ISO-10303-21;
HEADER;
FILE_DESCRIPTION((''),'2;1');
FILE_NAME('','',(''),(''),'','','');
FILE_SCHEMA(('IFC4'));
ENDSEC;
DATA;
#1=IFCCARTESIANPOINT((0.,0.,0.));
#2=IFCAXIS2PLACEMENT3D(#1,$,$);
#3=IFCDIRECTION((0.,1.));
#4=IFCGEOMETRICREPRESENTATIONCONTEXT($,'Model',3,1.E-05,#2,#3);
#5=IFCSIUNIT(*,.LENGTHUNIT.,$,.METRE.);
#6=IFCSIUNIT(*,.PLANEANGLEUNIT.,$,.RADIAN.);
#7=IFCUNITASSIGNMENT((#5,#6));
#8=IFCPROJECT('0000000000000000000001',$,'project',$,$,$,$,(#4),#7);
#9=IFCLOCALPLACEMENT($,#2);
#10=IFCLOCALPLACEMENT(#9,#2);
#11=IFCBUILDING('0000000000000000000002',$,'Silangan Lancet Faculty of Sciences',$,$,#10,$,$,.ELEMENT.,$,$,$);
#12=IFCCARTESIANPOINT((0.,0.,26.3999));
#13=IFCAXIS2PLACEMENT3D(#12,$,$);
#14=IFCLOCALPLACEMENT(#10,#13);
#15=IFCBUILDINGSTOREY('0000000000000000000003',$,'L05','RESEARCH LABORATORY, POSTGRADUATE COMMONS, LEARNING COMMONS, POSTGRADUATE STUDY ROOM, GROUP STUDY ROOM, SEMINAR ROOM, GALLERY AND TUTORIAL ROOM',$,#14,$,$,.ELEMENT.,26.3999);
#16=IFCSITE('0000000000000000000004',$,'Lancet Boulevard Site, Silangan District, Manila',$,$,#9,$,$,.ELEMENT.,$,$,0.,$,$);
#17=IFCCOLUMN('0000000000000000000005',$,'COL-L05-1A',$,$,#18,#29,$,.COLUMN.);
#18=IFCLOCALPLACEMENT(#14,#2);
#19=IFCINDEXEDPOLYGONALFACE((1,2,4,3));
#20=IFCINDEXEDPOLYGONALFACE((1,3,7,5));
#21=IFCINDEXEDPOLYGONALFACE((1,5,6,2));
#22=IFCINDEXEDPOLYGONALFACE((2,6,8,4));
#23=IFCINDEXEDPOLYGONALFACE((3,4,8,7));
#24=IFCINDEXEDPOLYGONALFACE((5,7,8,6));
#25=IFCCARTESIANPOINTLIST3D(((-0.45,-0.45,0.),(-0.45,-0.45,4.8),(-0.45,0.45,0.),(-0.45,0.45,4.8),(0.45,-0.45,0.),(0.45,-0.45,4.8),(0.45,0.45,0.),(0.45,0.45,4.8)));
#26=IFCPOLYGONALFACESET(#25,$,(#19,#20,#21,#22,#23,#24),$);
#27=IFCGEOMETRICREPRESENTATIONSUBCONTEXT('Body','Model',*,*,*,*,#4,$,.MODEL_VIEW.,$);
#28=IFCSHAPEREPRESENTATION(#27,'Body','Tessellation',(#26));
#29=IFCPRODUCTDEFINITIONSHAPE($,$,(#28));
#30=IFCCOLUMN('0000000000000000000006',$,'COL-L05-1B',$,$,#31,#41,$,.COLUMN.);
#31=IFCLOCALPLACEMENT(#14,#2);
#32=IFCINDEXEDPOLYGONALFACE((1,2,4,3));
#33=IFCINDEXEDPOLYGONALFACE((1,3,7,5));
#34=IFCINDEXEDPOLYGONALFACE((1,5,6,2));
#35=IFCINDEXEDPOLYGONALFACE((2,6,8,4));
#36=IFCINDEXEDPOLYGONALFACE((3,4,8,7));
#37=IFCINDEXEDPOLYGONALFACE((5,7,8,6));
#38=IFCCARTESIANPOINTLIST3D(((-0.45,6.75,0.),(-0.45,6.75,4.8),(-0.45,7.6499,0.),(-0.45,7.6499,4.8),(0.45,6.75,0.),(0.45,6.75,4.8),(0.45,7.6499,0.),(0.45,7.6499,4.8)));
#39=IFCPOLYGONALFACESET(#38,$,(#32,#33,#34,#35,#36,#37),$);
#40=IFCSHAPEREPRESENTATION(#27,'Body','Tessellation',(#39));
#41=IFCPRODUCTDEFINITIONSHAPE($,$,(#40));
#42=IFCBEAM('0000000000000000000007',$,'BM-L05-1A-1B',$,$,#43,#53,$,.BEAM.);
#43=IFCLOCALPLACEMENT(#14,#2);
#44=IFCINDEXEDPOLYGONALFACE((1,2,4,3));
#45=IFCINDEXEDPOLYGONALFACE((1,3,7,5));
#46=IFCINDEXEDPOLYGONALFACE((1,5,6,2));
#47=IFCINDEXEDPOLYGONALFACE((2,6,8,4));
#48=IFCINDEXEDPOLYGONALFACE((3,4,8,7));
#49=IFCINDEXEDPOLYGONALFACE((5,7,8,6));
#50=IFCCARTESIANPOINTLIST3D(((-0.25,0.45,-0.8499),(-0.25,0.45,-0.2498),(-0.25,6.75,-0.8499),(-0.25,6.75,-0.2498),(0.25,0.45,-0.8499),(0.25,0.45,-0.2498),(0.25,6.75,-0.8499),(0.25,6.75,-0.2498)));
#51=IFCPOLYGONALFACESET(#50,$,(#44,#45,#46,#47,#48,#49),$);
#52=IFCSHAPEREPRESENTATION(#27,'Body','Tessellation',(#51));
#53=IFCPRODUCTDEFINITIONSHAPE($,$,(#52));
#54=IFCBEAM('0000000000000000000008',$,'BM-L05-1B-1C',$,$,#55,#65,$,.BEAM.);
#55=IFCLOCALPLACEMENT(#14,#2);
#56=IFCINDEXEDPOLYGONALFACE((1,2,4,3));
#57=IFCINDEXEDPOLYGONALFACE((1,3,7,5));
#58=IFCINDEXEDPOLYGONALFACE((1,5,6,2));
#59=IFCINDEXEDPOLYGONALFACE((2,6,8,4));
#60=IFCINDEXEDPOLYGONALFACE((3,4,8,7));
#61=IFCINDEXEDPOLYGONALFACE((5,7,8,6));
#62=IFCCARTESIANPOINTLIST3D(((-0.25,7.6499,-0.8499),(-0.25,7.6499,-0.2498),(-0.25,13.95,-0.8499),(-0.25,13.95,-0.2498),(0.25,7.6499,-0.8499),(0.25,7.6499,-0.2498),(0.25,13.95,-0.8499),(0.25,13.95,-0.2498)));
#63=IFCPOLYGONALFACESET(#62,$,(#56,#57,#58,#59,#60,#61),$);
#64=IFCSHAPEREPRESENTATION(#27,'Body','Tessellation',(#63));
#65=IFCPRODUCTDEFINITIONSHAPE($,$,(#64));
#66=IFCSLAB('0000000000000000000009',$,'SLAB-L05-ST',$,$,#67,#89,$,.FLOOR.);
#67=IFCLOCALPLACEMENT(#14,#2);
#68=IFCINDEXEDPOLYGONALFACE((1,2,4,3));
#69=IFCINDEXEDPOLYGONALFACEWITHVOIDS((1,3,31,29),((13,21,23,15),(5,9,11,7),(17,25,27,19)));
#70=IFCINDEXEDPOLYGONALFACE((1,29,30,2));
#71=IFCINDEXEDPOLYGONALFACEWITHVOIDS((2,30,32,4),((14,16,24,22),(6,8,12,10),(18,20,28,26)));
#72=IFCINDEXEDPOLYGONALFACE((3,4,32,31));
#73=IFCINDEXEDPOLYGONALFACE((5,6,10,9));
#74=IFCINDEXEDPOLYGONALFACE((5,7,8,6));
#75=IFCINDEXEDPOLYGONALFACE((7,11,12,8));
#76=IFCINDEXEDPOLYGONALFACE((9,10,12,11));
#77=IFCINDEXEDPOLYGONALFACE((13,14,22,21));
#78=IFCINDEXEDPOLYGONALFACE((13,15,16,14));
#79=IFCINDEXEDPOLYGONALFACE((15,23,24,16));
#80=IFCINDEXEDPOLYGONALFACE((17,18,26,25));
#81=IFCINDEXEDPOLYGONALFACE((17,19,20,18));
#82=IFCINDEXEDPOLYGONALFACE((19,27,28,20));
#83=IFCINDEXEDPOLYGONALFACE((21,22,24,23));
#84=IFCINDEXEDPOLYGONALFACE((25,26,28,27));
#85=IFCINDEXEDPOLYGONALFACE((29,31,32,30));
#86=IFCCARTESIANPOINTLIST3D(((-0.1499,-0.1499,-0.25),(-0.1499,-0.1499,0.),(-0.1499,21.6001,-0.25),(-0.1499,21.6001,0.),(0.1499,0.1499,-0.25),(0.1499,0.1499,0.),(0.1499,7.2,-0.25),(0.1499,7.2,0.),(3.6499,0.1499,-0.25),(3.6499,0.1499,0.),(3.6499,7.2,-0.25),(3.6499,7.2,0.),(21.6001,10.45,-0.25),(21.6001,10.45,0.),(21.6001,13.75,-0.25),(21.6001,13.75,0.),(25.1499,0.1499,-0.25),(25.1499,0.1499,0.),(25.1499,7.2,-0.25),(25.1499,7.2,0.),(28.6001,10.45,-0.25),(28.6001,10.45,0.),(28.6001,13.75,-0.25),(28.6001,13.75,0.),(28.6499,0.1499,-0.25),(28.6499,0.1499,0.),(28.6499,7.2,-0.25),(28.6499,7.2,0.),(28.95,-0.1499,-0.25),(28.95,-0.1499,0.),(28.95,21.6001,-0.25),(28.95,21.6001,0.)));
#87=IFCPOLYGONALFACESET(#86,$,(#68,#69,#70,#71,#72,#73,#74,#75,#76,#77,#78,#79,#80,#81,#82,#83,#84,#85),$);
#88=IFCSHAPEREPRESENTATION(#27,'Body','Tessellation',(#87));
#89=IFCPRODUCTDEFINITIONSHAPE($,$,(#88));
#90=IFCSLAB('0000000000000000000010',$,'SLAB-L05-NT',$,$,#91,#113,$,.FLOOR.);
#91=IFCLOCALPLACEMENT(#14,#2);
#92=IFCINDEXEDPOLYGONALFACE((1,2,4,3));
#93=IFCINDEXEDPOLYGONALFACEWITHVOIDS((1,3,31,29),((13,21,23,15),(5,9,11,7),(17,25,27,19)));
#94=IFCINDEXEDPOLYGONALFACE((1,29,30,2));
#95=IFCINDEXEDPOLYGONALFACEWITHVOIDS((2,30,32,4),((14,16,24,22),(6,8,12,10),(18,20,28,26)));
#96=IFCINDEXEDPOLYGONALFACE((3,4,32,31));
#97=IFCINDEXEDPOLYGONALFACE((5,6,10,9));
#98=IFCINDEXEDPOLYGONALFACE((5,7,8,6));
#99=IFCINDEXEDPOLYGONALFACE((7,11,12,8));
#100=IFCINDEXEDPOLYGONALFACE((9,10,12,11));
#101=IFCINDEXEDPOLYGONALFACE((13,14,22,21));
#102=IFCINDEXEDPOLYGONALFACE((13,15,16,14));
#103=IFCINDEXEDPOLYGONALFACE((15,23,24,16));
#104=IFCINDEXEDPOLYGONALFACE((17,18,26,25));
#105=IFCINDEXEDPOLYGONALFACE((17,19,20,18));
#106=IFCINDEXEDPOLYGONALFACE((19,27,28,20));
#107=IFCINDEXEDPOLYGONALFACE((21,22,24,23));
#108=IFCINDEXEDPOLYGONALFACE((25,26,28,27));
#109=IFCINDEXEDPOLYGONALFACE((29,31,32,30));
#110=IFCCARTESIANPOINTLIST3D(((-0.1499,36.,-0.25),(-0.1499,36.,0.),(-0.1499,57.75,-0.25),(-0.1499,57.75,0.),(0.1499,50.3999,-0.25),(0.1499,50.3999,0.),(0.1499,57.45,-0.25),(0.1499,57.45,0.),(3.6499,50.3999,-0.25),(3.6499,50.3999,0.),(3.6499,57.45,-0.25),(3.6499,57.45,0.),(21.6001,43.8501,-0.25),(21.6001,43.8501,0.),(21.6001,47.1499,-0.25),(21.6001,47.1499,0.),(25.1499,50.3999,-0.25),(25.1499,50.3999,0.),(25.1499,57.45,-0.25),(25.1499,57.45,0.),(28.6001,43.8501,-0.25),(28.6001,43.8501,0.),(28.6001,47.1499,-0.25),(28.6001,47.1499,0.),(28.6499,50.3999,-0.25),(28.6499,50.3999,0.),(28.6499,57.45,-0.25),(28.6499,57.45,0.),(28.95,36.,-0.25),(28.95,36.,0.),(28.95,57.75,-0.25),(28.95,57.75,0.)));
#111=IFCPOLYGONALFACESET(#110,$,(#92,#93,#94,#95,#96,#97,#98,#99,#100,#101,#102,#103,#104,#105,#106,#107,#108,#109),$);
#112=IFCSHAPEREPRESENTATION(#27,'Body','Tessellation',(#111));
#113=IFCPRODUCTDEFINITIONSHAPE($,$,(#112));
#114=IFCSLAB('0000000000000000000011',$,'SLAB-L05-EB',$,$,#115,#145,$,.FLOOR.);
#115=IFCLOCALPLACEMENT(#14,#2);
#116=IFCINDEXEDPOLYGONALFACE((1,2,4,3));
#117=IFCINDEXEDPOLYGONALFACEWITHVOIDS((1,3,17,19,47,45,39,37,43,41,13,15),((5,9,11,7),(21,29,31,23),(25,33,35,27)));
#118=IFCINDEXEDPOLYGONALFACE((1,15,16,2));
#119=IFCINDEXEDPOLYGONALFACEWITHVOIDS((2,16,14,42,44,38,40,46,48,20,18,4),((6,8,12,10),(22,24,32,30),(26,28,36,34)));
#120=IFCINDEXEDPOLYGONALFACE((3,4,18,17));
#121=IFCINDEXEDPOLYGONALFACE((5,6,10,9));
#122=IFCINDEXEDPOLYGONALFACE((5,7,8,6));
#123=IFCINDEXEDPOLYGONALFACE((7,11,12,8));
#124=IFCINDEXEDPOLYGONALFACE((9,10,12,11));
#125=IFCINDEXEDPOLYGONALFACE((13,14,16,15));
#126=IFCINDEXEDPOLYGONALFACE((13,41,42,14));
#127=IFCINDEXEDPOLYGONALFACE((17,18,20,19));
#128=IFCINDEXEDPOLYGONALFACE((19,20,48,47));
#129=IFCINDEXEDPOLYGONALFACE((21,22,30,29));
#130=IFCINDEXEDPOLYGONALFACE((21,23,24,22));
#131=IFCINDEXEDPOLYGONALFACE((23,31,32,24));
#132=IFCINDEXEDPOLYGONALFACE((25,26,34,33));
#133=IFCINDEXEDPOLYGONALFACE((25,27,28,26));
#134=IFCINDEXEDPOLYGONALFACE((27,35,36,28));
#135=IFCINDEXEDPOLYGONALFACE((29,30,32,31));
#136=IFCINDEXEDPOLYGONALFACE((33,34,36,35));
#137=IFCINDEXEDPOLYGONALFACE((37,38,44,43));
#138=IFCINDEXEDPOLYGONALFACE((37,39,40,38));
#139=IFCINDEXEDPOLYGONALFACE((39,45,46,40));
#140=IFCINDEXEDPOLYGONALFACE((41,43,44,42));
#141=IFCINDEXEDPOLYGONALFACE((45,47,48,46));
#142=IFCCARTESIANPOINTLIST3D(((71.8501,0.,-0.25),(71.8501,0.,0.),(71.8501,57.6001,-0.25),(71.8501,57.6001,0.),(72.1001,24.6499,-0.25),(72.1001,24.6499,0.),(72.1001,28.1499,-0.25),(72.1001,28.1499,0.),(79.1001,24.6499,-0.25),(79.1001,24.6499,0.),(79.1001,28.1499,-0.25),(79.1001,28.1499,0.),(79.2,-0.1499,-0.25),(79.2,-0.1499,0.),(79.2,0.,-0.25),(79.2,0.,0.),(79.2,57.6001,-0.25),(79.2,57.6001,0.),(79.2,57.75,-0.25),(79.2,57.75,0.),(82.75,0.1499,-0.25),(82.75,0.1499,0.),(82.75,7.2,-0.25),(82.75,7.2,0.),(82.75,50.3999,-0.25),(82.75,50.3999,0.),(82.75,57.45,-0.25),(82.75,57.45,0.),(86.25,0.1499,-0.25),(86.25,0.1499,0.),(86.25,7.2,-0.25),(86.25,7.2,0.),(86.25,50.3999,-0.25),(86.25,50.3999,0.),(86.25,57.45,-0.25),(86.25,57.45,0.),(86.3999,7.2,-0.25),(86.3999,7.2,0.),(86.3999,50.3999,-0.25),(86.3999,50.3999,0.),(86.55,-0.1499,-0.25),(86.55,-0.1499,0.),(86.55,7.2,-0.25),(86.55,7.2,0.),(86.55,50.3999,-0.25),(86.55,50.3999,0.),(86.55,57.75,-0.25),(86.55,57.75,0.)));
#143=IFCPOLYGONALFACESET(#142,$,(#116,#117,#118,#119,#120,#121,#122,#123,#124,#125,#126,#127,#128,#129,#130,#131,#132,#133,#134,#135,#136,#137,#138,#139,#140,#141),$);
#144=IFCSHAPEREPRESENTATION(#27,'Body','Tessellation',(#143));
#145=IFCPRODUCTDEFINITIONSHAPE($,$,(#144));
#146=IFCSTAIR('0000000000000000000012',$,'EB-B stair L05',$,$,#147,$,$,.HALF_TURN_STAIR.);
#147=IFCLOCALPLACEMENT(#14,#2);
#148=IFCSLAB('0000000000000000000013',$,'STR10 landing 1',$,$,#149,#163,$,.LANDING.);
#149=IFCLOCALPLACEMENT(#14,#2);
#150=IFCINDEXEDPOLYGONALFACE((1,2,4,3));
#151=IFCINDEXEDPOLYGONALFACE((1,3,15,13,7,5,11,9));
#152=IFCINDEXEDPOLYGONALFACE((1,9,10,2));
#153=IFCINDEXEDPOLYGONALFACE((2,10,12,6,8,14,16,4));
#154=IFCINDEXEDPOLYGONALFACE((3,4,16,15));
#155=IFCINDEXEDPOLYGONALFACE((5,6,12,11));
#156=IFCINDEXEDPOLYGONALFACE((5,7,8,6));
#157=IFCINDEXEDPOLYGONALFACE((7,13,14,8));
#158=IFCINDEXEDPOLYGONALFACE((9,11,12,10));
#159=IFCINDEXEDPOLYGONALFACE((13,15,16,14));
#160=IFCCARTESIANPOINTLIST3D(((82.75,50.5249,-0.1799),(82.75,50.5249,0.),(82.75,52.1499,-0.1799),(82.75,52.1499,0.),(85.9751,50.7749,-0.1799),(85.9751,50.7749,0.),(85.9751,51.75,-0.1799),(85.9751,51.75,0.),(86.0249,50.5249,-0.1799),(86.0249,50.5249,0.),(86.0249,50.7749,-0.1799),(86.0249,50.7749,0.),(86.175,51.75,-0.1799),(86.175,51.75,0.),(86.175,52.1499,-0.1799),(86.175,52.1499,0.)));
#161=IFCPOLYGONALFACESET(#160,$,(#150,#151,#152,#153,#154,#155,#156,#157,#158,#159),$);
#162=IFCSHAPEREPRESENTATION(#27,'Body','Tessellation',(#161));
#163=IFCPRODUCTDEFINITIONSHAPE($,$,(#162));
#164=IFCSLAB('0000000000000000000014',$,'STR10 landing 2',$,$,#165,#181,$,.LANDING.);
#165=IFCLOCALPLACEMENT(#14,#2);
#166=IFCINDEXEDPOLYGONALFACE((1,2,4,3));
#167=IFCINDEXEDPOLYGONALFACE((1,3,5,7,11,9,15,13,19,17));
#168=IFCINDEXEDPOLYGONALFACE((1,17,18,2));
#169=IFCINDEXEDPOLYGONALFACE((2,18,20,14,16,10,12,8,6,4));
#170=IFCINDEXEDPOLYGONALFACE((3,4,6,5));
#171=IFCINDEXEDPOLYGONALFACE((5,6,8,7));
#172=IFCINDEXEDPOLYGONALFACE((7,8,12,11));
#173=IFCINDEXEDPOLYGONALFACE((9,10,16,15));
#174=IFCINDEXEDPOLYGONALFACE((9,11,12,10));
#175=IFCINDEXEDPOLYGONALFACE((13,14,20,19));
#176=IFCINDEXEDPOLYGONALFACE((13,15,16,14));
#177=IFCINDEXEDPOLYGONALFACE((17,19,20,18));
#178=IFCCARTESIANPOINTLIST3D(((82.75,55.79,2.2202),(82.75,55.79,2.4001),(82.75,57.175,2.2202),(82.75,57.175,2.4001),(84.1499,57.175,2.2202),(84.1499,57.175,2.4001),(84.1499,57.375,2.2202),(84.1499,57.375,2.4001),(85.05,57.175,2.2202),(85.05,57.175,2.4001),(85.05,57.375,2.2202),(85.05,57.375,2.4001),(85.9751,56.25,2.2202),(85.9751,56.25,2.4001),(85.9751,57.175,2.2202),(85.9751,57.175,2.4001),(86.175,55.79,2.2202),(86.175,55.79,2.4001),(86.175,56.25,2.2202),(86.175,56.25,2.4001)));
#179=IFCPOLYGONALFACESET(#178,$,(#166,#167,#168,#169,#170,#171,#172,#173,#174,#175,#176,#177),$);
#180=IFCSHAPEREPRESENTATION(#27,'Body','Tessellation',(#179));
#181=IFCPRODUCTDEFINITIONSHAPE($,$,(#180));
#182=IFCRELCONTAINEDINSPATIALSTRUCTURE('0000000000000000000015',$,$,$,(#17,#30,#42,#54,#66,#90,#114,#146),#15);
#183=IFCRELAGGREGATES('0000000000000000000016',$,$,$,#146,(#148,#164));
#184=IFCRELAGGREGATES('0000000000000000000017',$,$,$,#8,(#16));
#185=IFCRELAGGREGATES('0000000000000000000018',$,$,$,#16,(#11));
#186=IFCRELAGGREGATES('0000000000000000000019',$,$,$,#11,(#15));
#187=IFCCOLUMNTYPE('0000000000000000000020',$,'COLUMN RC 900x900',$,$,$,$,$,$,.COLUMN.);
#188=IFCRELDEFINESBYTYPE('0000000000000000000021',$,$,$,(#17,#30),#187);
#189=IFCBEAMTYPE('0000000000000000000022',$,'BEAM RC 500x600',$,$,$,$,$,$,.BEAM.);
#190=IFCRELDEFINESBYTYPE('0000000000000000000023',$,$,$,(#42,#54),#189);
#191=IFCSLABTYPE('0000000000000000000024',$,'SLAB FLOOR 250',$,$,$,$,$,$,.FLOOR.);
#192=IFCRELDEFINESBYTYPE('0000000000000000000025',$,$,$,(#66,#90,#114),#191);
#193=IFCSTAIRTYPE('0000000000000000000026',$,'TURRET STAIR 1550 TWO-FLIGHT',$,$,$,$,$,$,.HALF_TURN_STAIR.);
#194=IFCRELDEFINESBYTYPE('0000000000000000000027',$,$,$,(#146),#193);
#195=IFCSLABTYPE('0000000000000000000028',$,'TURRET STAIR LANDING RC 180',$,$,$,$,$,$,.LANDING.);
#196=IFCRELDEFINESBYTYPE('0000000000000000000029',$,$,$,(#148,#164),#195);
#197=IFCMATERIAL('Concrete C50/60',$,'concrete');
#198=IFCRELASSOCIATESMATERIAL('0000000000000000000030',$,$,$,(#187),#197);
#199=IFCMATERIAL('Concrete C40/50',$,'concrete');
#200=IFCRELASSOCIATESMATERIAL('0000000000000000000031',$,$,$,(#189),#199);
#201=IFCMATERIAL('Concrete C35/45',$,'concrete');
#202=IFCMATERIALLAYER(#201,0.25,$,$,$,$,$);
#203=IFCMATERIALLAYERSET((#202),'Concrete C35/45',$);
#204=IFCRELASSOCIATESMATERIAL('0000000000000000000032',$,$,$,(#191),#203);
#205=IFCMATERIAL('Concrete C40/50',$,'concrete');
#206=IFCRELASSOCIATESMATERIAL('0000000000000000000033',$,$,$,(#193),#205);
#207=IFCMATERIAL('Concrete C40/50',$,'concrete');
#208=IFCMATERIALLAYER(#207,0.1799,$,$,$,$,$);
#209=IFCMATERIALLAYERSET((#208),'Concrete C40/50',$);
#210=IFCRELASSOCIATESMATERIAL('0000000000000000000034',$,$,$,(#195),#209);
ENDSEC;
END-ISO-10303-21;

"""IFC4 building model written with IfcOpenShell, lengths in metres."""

from ifc_helpers import new_model, si_unit, direction, frame, origin, origin_2d, place, context, subcontext, project, spatial, polyline, rectangle, outline, extrude, material, layer, layer_set, material_profile, profile_set, type_object, element, aggregate, save


model = new_model("IFC4")

# Units and contexts
model_context = context("Model", 3, precision=1e-05, world=origin(), true_north=direction((0.0, 1.0)))
body_context = subcontext(model_context, "Body", "Model", "MODEL_VIEW")
ifc_project = project(units=[si_unit("LENGTHUNIT", "METRE"), si_unit("PLANEANGLEUNIT", "RADIAN")], contexts=[model_context])

# Site, building, storey
site_placement = place(None, origin())
site = spatial("IfcSite", under=ifc_project, at=site_placement, Name="Lancet Boulevard Site, Silangan District, Manila", CompositionType="ELEMENT", RefElevation=0.0)
building_placement = place(site_placement, origin())
building = spatial("IfcBuilding", under=site, at=building_placement, Name="Silangan Lancet Faculty of Sciences", CompositionType="ELEMENT")
storey_placement = place(building_placement, frame((0.0, 0.0, 26.3999)))
storey = spatial("IfcBuildingStorey", under=building, at=storey_placement, Name="L05", Description="RESEARCH LABORATORY, POSTGRADUATE COMMONS, LEARNING COMMONS, POSTGRADUATE STUDY ROOM, GROUP STUDY ROOM, SEMINAR ROOM, GALLERY AND TUTORIAL ROOM", CompositionType="ELEMENT", Elevation=26.3999)

# Columns
ifc_material_1 = material(Name="Concrete C50/60", Category="concrete")
ifc_material_profile_1 = material_profile(ifc_material_1, rectangle(XDim=0.8999, YDim=0.8999, at=origin_2d()), Name="RC 900x900")
ifc_profile_set_1 = profile_set([ifc_material_profile_1], Name="Concrete C50/60")
column_type = type_object("IfcColumnType", Name="COLUMN RC 900x900", PredefinedType="COLUMN", material=ifc_profile_set_1)
for number, where, z_axis, x_axis, name in (
    (1, (0.0, 0.0, 0.0), (0.0, 0.0, 1.0), (1.0, 0.0, 0.0), "COL-L05-1A"),
    (2, (0.0, 7.2, 0.0), (0.0, 0.0, 1.0), (1.0, 0.0, 0.0), "COL-L05-1B"),
):
    element("IfcColumn", number, at=place(storey_placement, frame(where, z_axis=z_axis, x_axis=x_axis)), inside=storey, type_object=column_type, Name=name, PredefinedType="COLUMN", context=body_context, shape_type="SweptSolid", body=[
        extrude(rectangle(XDim=0.8999, YDim=0.8999, at=origin_2d()), origin(), (0.0, 0.0, 1.0), 4.8),
    ])

# Beams
ifc_material_2 = material(Name="Concrete C40/50", Category="concrete")
ifc_material_profile_2 = material_profile(ifc_material_2, rectangle(XDim=0.5, YDim=0.6001, at=origin_2d()), Name="RC 500x600")
ifc_profile_set_2 = profile_set([ifc_material_profile_2], Name="Concrete C40/50")
beam_type = type_object("IfcBeamType", Name="BEAM RC 500x600", PredefinedType="BEAM", material=ifc_profile_set_2)
for number, where, z_axis, x_axis, name in (
    (3, (0.0, 0.45, -0.5498), (0.0, 1.0, 0.0), (-1.0, 0.0, 0.0), "BM-L05-1A-1B"),
    (4, (0.0, 7.6499, -0.5498), (0.0, 1.0, 0.0), (-1.0, 0.0, 0.0), "BM-L05-1B-1C"),
):
    element("IfcBeam", number, at=place(storey_placement, frame(where, z_axis=z_axis, x_axis=x_axis)), inside=storey, type_object=beam_type, Name=name, PredefinedType="BEAM", context=body_context, shape_type="SweptSolid", body=[
        extrude(rectangle(XDim=0.5, YDim=0.6001, at=origin_2d()), origin(), (0.0, 0.0, 1.0), 6.3),
    ])

# Slabs
ifc_material_3 = material(Name="Concrete C35/45", Category="concrete")
ifc_layer_1 = layer(ifc_material_3, 0.25)
ifc_layer_set_1 = layer_set([ifc_layer_1], Name="Concrete C35/45")
slab_type_1 = type_object("IfcSlabType", Name="SLAB FLOOR 250", PredefinedType="FLOOR", material=ifc_layer_set_1)
slab_1_placement = place(storey_placement, frame((0.0, 0.0, -0.25)))
element("IfcSlab", 5, at=slab_1_placement, inside=storey, type_object=slab_type_1, Name="SLAB-L05-ST", PredefinedType="FLOOR", context=body_context, shape_type="SweptSolid", body=[
    extrude(outline(polyline([(-0.1499, 21.6001), (-0.1499, -0.1499), (28.95, -0.1499), (28.95, 21.6001), (-0.1499, 21.6001)]), holes=[polyline([(0.1499, 7.2), (3.6499, 7.2), (3.6499, 0.1499), (0.1499, 0.1499), (0.1499, 7.2)]), polyline([(25.1499, 0.1499), (25.1499, 7.2), (28.6499, 7.2), (28.6499, 0.1499), (25.1499, 0.1499)]), polyline([(21.6001, 13.75), (28.6001, 13.75), (28.6001, 10.45), (21.6001, 10.45), (21.6001, 13.75)])]), origin(), (0.0, 0.0, 1.0), 0.25),
])
slab_2_placement = place(storey_placement, frame((0.0, 0.0, -0.25)))
element("IfcSlab", 6, at=slab_2_placement, inside=storey, type_object=slab_type_1, Name="SLAB-L05-NT", PredefinedType="FLOOR", context=body_context, shape_type="SweptSolid", body=[
    extrude(outline(polyline([(-0.1499, 36.0), (28.95, 36.0), (28.95, 57.75), (-0.1499, 57.75), (-0.1499, 36.0)]), holes=[polyline([(21.6001, 43.8501), (21.6001, 47.1499), (28.6001, 47.1499), (28.6001, 43.8501), (21.6001, 43.8501)]), polyline([(0.1499, 50.3999), (0.1499, 57.45), (3.6499, 57.45), (3.6499, 50.3999), (0.1499, 50.3999)]), polyline([(25.1499, 57.45), (28.6499, 57.45), (28.6499, 50.3999), (25.1499, 50.3999), (25.1499, 57.45)])]), origin(), (0.0, 0.0, 1.0), 0.25),
])
slab_3_placement = place(storey_placement, frame((0.0, 0.0, -0.25)))
element("IfcSlab", 7, at=slab_3_placement, inside=storey, type_object=slab_type_1, Name="SLAB-L05-EB", PredefinedType="FLOOR", context=body_context, shape_type="SweptSolid", body=[
    extrude(outline(polyline([(86.55, 7.2), (86.3999, 7.2), (86.3999, 50.3999), (86.55, 50.3999), (86.55, 57.75), (79.2, 57.75), (79.2, 57.6001), (71.8501, 57.6001), (71.8501, 0.0), (79.2, 0.0), (79.2, -0.1499), (86.55, -0.1499), (86.55, 7.2)]), holes=[polyline([(82.75, 7.2), (86.25, 7.2), (86.25, 0.1499), (82.75, 0.1499), (82.75, 7.2)]), polyline([(79.1001, 28.1499), (79.1001, 24.6499), (72.1001, 24.6499), (72.1001, 28.1499), (79.1001, 28.1499)]), polyline([(82.75, 57.45), (86.25, 57.45), (86.25, 50.3999), (82.75, 50.3999), (82.75, 57.45)])]), origin(), (0.0, 0.0, 1.0), 0.25),
])

# Stair, slabs
ifc_material_4 = material(Name="Concrete C40/50", Category="concrete")
stair_type = type_object("IfcStairType", Name="TURRET STAIR 1550 TWO-FLIGHT", PredefinedType="HALF_TURN_STAIR", material=ifc_material_4)
stair_1_placement = place(storey_placement, origin())
stair_1 = element("IfcStair", 8, at=stair_1_placement, inside=storey, type_object=stair_type, Name="EB-B stair L05", PredefinedType="HALF_TURN_STAIR")
ifc_material_5 = material(Name="Concrete C40/50", Category="concrete")
ifc_layer_2 = layer(ifc_material_5, 0.1799)
ifc_layer_set_2 = layer_set([ifc_layer_2], Name="Concrete C40/50")
slab_type_2 = type_object("IfcSlabType", Name="TURRET STAIR LANDING RC 180", PredefinedType="LANDING", material=ifc_layer_set_2)
slab_4_placement = place(storey_placement, frame((0.0, 0.0, -0.1799)))
slab_4 = element("IfcSlab", 9, at=slab_4_placement, type_object=slab_type_2, Name="STR10 landing 1", PredefinedType="LANDING", context=body_context, shape_type="SweptSolid", body=[
    extrude(outline(polyline([(86.0249, 50.5249), (82.75, 50.5249), (82.75, 52.1499), (86.175, 52.1499), (86.175, 51.75), (85.9751, 51.75), (85.9751, 50.7749), (86.0249, 50.7749), (86.0249, 50.5249)])), origin(), (0.0, 0.0, 1.0), 0.1799),
])
slab_5_placement = place(storey_placement, frame((0.0, 0.0, 2.2202)))
slab_5 = element("IfcSlab", 10, at=slab_5_placement, type_object=slab_type_2, Name="STR10 landing 2", PredefinedType="LANDING", context=body_context, shape_type="SweptSolid", body=[
    extrude(outline(polyline([(85.9751, 57.175), (85.9751, 56.25), (86.175, 56.25), (86.175, 55.79), (82.75, 55.79), (82.75, 57.175), (84.1499, 57.175), (84.1499, 57.375), (85.05, 57.375), (85.05, 57.175), (85.9751, 57.175)])), origin(), (0.0, 0.0, 1.0), 0.1799),
])
aggregate(stair_1, [slab_4, slab_5])

save(model, "model.ifc")
